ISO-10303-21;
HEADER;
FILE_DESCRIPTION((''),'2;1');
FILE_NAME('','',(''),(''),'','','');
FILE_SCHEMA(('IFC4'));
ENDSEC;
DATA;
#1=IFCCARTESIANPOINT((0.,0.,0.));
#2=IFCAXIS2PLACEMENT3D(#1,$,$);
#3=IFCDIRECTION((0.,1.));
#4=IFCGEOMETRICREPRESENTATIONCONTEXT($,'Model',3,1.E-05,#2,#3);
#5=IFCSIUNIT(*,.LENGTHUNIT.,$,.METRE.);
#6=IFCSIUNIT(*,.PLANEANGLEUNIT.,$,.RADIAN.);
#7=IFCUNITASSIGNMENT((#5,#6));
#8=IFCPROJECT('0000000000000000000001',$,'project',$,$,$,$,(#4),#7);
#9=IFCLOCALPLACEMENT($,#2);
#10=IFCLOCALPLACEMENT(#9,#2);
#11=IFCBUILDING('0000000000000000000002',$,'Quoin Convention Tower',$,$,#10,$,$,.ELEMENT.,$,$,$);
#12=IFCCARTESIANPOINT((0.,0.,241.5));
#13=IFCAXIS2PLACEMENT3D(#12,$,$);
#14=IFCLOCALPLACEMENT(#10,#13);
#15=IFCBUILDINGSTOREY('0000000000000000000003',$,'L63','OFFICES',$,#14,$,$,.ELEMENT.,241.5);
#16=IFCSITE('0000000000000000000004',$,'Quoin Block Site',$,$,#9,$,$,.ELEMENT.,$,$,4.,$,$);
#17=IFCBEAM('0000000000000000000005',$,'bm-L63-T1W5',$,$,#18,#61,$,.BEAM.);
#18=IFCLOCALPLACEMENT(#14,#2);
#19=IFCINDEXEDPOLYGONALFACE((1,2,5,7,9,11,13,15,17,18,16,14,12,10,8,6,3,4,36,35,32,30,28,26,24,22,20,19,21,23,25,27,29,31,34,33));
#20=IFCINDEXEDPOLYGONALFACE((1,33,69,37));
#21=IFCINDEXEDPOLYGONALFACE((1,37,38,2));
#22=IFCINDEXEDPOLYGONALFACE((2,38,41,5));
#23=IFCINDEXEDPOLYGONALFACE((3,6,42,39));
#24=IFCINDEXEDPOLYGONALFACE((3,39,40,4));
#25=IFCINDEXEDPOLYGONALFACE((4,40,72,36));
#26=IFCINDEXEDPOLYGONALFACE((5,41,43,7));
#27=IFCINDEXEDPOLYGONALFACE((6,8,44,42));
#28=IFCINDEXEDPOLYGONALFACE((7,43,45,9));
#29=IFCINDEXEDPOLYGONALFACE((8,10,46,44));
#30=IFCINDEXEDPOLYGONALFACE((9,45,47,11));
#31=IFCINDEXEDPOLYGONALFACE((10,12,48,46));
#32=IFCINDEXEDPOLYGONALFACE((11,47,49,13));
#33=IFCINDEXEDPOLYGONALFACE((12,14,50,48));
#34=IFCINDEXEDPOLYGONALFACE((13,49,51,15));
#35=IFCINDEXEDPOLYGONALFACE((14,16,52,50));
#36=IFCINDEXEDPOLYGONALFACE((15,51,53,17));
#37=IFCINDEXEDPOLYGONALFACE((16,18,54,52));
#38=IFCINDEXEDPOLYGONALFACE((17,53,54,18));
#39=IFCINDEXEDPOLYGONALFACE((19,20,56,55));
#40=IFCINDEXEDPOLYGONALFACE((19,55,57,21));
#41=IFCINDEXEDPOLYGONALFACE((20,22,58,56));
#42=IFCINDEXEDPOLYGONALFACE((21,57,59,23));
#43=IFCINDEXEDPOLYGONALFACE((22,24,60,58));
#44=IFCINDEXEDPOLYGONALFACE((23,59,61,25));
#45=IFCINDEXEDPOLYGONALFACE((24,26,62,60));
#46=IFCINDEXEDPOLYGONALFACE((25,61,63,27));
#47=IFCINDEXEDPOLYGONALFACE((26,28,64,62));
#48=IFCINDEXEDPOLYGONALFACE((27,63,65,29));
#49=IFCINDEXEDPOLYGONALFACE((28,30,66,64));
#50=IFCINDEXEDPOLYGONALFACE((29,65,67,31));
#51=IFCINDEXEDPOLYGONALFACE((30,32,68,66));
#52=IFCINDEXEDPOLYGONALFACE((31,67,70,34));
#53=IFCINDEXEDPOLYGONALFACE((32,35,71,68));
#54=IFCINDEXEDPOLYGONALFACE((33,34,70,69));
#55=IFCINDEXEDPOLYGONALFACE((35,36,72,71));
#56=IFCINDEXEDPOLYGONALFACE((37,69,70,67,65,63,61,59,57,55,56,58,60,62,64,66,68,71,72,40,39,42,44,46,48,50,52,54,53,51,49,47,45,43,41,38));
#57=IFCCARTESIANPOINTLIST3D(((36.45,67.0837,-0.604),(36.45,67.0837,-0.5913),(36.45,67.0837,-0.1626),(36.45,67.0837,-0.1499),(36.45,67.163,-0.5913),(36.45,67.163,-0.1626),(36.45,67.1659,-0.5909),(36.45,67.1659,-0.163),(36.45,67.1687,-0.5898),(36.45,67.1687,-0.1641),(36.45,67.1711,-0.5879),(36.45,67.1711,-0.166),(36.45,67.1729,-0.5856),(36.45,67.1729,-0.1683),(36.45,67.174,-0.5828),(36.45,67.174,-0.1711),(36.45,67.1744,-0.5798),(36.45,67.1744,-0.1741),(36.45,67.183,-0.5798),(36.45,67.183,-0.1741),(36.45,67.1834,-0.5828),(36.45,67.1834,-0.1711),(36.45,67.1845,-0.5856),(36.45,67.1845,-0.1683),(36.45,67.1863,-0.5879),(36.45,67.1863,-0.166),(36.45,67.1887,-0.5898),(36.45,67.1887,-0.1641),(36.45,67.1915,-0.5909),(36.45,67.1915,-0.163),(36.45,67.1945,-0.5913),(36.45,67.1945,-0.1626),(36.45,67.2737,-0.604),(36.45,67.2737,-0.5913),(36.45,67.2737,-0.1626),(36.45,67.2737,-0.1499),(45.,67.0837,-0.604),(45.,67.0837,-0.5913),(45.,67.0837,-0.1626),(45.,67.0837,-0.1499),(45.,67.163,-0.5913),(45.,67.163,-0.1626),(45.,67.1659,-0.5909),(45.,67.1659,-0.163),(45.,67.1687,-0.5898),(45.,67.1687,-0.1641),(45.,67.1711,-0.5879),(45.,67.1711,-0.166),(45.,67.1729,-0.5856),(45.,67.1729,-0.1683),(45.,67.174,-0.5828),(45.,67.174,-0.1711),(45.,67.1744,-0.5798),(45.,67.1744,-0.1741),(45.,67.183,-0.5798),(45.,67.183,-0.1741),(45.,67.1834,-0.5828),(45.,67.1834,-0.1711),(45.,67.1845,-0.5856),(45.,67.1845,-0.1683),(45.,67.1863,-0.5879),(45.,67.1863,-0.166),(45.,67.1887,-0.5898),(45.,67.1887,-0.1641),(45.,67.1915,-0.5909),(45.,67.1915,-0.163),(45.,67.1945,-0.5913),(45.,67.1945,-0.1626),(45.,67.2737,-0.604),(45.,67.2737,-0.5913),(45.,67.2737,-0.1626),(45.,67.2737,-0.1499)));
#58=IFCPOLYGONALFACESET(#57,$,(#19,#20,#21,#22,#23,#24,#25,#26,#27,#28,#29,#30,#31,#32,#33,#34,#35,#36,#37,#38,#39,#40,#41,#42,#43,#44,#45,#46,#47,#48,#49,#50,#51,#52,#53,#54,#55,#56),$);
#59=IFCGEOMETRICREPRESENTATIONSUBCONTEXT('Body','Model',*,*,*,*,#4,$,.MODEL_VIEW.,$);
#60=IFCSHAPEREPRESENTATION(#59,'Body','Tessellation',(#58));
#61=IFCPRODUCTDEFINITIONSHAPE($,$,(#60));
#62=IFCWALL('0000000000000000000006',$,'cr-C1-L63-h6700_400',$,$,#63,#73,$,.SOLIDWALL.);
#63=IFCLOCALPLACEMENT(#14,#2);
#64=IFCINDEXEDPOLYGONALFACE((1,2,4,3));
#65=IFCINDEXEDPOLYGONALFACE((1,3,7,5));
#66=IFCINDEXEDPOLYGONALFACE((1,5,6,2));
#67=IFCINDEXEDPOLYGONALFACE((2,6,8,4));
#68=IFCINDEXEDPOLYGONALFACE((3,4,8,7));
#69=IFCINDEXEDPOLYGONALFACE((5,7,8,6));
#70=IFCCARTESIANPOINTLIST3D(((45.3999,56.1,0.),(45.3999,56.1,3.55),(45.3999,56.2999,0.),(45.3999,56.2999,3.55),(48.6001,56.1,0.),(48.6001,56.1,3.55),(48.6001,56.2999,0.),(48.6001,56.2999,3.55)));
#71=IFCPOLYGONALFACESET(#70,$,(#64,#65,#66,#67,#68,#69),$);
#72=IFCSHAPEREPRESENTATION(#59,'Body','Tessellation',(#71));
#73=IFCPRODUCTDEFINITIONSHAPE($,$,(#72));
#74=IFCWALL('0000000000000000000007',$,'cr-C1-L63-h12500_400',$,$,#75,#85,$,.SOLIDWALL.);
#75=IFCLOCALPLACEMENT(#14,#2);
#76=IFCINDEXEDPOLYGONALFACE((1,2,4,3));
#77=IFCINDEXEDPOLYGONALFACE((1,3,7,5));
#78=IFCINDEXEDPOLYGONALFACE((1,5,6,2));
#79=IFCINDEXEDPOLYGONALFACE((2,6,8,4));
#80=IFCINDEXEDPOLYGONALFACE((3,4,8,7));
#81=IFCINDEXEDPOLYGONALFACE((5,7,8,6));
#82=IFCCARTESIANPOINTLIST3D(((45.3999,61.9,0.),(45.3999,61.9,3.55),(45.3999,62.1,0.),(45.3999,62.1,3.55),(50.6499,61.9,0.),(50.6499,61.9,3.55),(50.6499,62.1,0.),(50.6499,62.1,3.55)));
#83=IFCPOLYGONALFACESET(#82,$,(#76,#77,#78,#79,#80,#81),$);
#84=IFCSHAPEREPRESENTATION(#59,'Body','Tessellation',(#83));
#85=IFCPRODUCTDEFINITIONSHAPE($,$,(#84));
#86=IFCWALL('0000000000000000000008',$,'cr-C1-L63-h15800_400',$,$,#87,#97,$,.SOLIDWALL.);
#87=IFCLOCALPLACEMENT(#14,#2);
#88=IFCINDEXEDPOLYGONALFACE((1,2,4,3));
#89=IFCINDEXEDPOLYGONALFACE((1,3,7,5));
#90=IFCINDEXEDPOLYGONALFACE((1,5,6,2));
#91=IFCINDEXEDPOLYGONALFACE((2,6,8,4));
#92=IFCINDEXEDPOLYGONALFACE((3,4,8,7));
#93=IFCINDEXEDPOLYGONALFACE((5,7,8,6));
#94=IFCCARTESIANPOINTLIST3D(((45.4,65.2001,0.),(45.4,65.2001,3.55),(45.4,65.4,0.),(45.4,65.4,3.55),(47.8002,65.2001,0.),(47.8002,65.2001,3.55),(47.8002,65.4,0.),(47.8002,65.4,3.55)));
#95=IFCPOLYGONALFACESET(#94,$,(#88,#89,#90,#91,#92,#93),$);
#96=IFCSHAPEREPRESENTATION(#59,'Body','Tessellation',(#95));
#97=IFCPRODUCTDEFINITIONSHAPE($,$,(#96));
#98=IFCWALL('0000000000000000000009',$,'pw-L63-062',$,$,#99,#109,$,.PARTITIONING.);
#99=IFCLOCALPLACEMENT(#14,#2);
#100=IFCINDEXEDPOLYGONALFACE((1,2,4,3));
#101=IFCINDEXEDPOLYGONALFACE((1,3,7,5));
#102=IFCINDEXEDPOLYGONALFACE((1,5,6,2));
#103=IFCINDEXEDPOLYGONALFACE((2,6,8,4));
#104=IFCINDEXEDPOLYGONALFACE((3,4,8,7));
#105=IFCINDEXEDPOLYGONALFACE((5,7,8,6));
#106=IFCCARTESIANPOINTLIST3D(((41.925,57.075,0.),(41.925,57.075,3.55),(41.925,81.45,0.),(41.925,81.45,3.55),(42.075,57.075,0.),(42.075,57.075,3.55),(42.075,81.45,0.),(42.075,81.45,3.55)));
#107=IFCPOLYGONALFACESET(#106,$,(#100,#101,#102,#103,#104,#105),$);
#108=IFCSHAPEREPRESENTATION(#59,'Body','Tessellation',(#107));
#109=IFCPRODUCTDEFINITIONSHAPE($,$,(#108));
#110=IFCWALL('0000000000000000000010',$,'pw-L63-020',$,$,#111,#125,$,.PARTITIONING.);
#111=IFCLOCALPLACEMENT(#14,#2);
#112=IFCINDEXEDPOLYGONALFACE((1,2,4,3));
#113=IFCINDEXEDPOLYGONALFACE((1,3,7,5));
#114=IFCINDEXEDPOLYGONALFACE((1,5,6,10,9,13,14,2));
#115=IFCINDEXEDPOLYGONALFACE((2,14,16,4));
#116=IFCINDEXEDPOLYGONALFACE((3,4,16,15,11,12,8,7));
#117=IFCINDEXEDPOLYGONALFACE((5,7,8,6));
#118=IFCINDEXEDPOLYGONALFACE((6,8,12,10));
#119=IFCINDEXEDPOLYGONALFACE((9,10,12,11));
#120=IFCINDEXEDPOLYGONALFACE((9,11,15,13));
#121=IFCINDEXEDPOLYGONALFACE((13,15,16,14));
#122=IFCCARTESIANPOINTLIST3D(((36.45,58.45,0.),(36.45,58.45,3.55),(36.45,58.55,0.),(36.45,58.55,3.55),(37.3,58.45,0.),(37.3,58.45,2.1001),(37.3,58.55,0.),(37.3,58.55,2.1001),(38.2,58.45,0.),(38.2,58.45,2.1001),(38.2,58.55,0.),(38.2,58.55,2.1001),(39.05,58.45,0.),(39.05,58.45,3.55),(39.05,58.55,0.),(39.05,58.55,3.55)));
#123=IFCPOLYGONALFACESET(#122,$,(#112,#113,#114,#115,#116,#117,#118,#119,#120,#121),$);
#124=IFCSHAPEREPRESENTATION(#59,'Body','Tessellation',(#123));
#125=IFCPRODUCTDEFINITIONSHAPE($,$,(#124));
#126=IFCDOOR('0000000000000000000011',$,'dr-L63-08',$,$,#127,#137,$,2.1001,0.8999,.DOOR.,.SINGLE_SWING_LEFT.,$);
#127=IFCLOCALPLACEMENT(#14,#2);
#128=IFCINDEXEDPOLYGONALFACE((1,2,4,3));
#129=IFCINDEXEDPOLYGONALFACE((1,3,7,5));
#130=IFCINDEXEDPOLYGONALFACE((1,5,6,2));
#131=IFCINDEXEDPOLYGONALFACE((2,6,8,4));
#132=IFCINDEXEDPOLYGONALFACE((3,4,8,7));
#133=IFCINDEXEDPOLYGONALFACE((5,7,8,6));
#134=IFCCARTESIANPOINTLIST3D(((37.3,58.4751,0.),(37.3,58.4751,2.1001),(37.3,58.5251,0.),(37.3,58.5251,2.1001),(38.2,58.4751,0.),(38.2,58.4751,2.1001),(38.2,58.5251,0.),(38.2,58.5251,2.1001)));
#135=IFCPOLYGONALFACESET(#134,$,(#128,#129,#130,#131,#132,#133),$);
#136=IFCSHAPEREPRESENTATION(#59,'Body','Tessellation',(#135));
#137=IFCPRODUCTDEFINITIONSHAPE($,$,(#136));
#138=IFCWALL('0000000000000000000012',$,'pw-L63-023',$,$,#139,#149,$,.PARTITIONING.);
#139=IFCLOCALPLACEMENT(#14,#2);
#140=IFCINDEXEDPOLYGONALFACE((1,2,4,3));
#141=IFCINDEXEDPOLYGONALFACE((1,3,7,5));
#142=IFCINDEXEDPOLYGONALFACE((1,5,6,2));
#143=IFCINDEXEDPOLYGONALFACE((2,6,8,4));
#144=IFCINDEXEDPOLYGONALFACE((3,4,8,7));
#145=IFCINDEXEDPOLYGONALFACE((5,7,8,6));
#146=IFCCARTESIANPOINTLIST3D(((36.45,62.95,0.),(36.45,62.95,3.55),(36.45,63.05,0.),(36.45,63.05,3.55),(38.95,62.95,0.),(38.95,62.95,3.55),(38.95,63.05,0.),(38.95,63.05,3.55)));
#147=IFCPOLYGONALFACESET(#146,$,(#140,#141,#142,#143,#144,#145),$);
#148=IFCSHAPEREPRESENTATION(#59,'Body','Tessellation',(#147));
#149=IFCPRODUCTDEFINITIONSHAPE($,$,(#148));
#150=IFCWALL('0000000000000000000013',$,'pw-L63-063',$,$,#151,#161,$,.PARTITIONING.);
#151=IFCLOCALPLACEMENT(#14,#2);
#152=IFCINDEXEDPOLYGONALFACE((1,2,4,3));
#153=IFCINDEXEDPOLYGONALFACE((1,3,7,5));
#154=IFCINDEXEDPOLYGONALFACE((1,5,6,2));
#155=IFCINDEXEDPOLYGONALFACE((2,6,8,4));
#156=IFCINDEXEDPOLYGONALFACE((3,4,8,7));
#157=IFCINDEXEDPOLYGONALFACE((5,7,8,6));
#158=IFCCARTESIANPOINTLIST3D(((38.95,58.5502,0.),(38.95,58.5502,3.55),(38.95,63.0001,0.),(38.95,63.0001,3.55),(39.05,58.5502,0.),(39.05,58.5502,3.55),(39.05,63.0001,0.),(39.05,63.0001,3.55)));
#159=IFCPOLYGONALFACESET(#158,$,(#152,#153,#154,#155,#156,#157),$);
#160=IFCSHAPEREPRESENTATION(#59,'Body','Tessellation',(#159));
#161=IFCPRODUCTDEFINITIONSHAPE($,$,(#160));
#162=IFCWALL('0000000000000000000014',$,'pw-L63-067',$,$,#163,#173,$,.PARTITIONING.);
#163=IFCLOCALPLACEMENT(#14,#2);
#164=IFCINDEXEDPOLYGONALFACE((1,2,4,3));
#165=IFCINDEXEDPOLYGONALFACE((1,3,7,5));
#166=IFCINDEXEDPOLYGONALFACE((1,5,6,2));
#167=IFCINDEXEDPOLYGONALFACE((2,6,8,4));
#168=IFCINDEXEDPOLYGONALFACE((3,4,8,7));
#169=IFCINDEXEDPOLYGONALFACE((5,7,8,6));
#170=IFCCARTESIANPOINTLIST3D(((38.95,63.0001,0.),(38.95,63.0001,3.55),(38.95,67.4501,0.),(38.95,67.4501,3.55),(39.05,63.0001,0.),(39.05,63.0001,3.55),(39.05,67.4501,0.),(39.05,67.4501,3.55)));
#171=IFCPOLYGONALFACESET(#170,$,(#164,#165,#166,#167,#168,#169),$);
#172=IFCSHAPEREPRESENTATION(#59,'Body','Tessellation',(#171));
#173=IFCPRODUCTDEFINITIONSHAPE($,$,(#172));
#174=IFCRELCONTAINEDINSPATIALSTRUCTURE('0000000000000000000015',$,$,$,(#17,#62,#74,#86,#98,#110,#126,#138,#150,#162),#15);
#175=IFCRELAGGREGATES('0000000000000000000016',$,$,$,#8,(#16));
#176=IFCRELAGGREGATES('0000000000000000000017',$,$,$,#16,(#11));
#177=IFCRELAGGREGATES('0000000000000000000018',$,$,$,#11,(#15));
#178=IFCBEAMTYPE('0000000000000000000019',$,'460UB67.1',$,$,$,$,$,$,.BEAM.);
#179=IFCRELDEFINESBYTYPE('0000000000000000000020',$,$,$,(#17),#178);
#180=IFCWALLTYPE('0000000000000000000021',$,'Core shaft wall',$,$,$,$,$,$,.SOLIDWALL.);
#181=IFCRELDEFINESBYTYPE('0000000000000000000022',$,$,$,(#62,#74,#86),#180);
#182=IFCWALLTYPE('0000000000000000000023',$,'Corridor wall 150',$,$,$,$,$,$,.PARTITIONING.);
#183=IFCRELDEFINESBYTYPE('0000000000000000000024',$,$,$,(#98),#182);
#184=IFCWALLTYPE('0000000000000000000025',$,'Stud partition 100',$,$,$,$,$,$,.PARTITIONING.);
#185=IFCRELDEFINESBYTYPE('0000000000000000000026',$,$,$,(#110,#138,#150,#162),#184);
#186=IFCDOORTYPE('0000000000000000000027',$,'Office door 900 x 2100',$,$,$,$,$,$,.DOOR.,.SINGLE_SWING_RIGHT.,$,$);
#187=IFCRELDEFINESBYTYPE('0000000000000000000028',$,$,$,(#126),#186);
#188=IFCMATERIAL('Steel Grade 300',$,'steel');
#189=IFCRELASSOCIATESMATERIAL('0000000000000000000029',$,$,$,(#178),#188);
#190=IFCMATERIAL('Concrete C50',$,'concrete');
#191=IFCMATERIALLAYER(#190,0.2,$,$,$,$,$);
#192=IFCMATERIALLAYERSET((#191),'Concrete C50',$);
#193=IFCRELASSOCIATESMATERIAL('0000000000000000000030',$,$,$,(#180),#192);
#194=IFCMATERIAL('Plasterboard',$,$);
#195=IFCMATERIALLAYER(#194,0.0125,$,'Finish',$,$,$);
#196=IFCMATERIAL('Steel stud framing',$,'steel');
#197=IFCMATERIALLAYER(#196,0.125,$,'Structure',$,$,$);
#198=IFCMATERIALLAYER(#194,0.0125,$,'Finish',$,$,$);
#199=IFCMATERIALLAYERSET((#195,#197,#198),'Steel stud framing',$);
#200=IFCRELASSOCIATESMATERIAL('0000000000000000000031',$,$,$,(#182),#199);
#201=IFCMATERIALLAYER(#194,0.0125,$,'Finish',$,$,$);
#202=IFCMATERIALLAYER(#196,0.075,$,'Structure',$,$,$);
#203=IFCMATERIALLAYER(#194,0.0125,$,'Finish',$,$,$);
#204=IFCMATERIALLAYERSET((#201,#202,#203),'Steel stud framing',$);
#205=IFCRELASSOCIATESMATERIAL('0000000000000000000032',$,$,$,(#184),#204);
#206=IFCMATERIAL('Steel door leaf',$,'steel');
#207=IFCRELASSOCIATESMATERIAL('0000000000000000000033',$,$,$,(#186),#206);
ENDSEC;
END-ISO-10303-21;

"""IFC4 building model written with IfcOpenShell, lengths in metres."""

from ifc_helpers import new_model, si_unit, direction, frame, frame_2d, origin, origin_2d, place, context, subcontext, project, spatial, rectangle, i_section, extrude, material, layer, layer_set, material_profile, profile_set, type_object, element, fill, save


model = new_model("IFC4")

# Units and contexts
model_context = context("Model", 3, precision=1e-05, world=origin(), true_north=direction((0.0, 1.0)))
body_context = subcontext(model_context, "Body", "Model", "MODEL_VIEW")
ifc_project = project(units=[si_unit("LENGTHUNIT", "METRE"), si_unit("PLANEANGLEUNIT", "RADIAN")], contexts=[model_context])

# Site, building, storey
site_placement = place(None, origin())
site = spatial("IfcSite", under=ifc_project, at=site_placement, Name="Quoin Block Site", CompositionType="ELEMENT", RefElevation=4.0)
building_placement = place(site_placement, origin())
building = spatial("IfcBuilding", under=site, at=building_placement, Name="Quoin Convention Tower", CompositionType="ELEMENT")
storey_placement = place(building_placement, frame((0.0, 0.0, 241.5)))
storey = spatial("IfcBuildingStorey", under=building, at=storey_placement, Name="L63", Description="OFFICES", CompositionType="ELEMENT", Elevation=241.5)

# Beam
ifc_material_1 = material(Name="Steel Grade 300", Category="steel")
ifc_material_profile = material_profile(ifc_material_1, i_section(OverallWidth=0.1899, OverallDepth=0.4541, WebThickness=0.0085, FlangeThickness=0.0127, FilletRadius=0.0115, at=origin_2d()), Name="460UB67.1")
ifc_profile_set = profile_set([ifc_material_profile], Name="Steel Grade 300")
beam_type = type_object("IfcBeamType", Name="460UB67.1", PredefinedType="BEAM", material=ifc_profile_set)
beam_placement = place(storey_placement, frame((36.45, 67.1787, -0.377), z_axis=(1.0, 0.0, 0.0), x_axis=(0.0, 1.0, 0.0)))
element("IfcBeam", 1, at=beam_placement, inside=storey, type_object=beam_type, Name="bm-L63-T1W5", PredefinedType="BEAM", context=body_context, shape_type="SweptSolid", body=[
    extrude(i_section(OverallWidth=0.1899, OverallDepth=0.4541, WebThickness=0.0085, FlangeThickness=0.0127, FilletRadius=0.0115, at=origin_2d()), origin(), (0.0, 0.0, 1.0), 8.55),
])

# Walls
ifc_material_2 = material(Name="Concrete C50", Category="concrete")
ifc_layer_1 = layer(ifc_material_2, 0.2)
ifc_layer_set_1 = layer_set([ifc_layer_1], Name="Concrete C50")
wall_type_1 = type_object("IfcWallType", Name="Core shaft wall", PredefinedType="SOLIDWALL", material=ifc_layer_set_1)
wall_1_placement = place(storey_placement, frame((45.3999, 56.2, 0.0), z_axis=(0.0, 0.0, 1.0), x_axis=(1.0, 0.0, 0.0)))
element("IfcWall", 2, at=wall_1_placement, inside=storey, type_object=wall_type_1, Name="cr-C1-L63-h6700_400", PredefinedType="SOLIDWALL", context=body_context, shape_type="SweptSolid", body=[
    extrude(rectangle(XDim=3.2002, YDim=0.2, at=frame_2d((1.6001, 0.0))), origin(), (0.0, 0.0, 1.0), 3.55),
])
wall_2_placement = place(storey_placement, frame((45.3999, 62.0, 0.0), z_axis=(0.0, 0.0, 1.0), x_axis=(1.0, 0.0, 0.0)))
element("IfcWall", 3, at=wall_2_placement, inside=storey, type_object=wall_type_1, Name="cr-C1-L63-h12500_400", PredefinedType="SOLIDWALL", context=body_context, shape_type="SweptSolid", body=[
    extrude(rectangle(XDim=5.25, YDim=0.2, at=frame_2d((2.625, 0.0))), origin(), (0.0, 0.0, 1.0), 3.55),
])
wall_3_placement = place(storey_placement, frame((45.3999, 65.3, 0.0), z_axis=(0.0, 0.0, 1.0), x_axis=(1.0, 0.0, 0.0)))
element("IfcWall", 4, at=wall_3_placement, inside=storey, type_object=wall_type_1, Name="cr-C1-L63-h15800_400", PredefinedType="SOLIDWALL", context=body_context, shape_type="SweptSolid", body=[
    extrude(rectangle(XDim=2.4001, YDim=0.2, at=frame_2d((1.2002, 0.0))), origin(), (0.0, 0.0, 1.0), 3.55),
])
ifc_material_3 = material(Name="Plasterboard")
ifc_layer_2 = layer(ifc_material_3, 0.0125, Name="Finish")
ifc_material_4 = material(Name="Steel stud framing", Category="steel")
ifc_layer_3 = layer(ifc_material_4, 0.125, Name="Structure")
ifc_layer_4 = layer(ifc_material_3, 0.0125, Name="Finish")
ifc_layer_set_2 = layer_set([ifc_layer_2, ifc_layer_3, ifc_layer_4], Name="Steel stud framing")
wall_type_2 = type_object("IfcWallType", Name="Corridor wall 150", PredefinedType="PARTITIONING", material=ifc_layer_set_2)
wall_4_placement = place(storey_placement, frame((42.0, 57.075, 0.0), z_axis=(0.0, 0.0, 1.0), x_axis=(0.0, 1.0, 0.0)))
element("IfcWall", 5, at=wall_4_placement, inside=storey, type_object=wall_type_2, Name="pw-L63-062", PredefinedType="PARTITIONING", context=body_context, shape_type="SweptSolid", body=[
    extrude(rectangle(XDim=24.375, YDim=0.1499, at=frame_2d((12.1875, 0.0))), origin(), (0.0, 0.0, 1.0), 3.55),
])

# Wall, opening, door
ifc_layer_5 = layer(ifc_material_3, 0.0125, Name="Finish")
ifc_layer_6 = layer(ifc_material_4, 0.075, Name="Structure")
ifc_layer_7 = layer(ifc_material_3, 0.0125, Name="Finish")
ifc_layer_set_3 = layer_set([ifc_layer_5, ifc_layer_6, ifc_layer_7], Name="Steel stud framing")
wall_type_3 = type_object("IfcWallType", Name="Stud partition 100", PredefinedType="PARTITIONING", material=ifc_layer_set_3)
wall_5_placement = place(storey_placement, frame((36.45, 58.5, 0.0), z_axis=(0.0, 0.0, 1.0), x_axis=(1.0, 0.0, 0.0)))
wall_5 = element("IfcWall", 6, at=wall_5_placement, inside=storey, type_object=wall_type_3, Name="pw-L63-020", PredefinedType="PARTITIONING", context=body_context, shape_type="SweptSolid", body=[
    extrude(rectangle(XDim=2.6001, YDim=0.1001, at=frame_2d((1.3, 0.0))), origin(), (0.0, 0.0, 1.0), 3.55),
])
opening_placement = place(wall_5_placement, frame((0.8501, 0.0, 0.0)))
opening = element("IfcOpeningElement", 7, at=opening_placement, cuts=wall_5, PredefinedType="OPENING", context=body_context, shape_type="SweptSolid", body=[
    extrude(rectangle(XDim=0.8999, YDim=2.1001, at=frame_2d((0.45, 1.05))), frame((0.0, 0.0601, 0.0), z_axis=(0.0, -1.0, 0.0), x_axis=(1.0, 0.0, 0.0)), (0.0, 0.0, 1.0), 0.1201),
])
ifc_material_5 = material(Name="Steel door leaf", Category="steel")
door_type = type_object("IfcDoorType", Name="Office door 900 x 2100", OperationType="SINGLE_SWING_RIGHT", PredefinedType="DOOR", material=ifc_material_5)
door_placement = place(opening_placement, frame((0.8999, 0.0, 0.0), z_axis=(0.0, 0.0, 1.0), x_axis=(-1.0, 0.0, 0.0)))
door = element("IfcDoor", 8, at=door_placement, inside=storey, type_object=door_type, Name="dr-L63-08", OperationType="SINGLE_SWING_LEFT", OverallHeight=2.1001, OverallWidth=0.8999, PredefinedType="DOOR", context=body_context, shape_type="SweptSolid", body=[
    extrude(rectangle(XDim=0.8999, YDim=2.1001, at=frame_2d((0.45, 1.05))), frame((0.0, 0.0249, 0.0), z_axis=(0.0, -1.0, 0.0), x_axis=(1.0, 0.0, 0.0)), (0.0, 0.0, 1.0), 0.05),
])
fill(opening, door)

# Walls
wall_6_placement = place(storey_placement, frame((36.45, 63.0, 0.0), z_axis=(0.0, 0.0, 1.0), x_axis=(1.0, 0.0, 0.0)))
element("IfcWall", 9, at=wall_6_placement, inside=storey, type_object=wall_type_3, Name="pw-L63-023", PredefinedType="PARTITIONING", context=body_context, shape_type="SweptSolid", body=[
    extrude(rectangle(XDim=2.5, YDim=0.1001, at=frame_2d((1.25, 0.0))), origin(), (0.0, 0.0, 1.0), 3.55),
])
for number, where, z_axis, x_axis, name in (
    (10, (39.0, 58.55, 0.0), (0.0, 0.0, 1.0), (0.0, 1.0, 0.0), "pw-L63-063"),
    (11, (39.0, 63.0, 0.0), (0.0, 0.0, 1.0), (0.0, 1.0, 0.0), "pw-L63-067"),
):
    element("IfcWall", number, at=place(storey_placement, frame(where, z_axis=z_axis, x_axis=x_axis)), inside=storey, type_object=wall_type_3, Name=name, PredefinedType="PARTITIONING", context=body_context, shape_type="SweptSolid", body=[
        extrude(rectangle(XDim=4.45, YDim=0.1001, at=frame_2d((2.2251, 0.0))), origin(), (0.0, 0.0, 1.0), 3.55),
    ])

save(model, "model.ifc")
